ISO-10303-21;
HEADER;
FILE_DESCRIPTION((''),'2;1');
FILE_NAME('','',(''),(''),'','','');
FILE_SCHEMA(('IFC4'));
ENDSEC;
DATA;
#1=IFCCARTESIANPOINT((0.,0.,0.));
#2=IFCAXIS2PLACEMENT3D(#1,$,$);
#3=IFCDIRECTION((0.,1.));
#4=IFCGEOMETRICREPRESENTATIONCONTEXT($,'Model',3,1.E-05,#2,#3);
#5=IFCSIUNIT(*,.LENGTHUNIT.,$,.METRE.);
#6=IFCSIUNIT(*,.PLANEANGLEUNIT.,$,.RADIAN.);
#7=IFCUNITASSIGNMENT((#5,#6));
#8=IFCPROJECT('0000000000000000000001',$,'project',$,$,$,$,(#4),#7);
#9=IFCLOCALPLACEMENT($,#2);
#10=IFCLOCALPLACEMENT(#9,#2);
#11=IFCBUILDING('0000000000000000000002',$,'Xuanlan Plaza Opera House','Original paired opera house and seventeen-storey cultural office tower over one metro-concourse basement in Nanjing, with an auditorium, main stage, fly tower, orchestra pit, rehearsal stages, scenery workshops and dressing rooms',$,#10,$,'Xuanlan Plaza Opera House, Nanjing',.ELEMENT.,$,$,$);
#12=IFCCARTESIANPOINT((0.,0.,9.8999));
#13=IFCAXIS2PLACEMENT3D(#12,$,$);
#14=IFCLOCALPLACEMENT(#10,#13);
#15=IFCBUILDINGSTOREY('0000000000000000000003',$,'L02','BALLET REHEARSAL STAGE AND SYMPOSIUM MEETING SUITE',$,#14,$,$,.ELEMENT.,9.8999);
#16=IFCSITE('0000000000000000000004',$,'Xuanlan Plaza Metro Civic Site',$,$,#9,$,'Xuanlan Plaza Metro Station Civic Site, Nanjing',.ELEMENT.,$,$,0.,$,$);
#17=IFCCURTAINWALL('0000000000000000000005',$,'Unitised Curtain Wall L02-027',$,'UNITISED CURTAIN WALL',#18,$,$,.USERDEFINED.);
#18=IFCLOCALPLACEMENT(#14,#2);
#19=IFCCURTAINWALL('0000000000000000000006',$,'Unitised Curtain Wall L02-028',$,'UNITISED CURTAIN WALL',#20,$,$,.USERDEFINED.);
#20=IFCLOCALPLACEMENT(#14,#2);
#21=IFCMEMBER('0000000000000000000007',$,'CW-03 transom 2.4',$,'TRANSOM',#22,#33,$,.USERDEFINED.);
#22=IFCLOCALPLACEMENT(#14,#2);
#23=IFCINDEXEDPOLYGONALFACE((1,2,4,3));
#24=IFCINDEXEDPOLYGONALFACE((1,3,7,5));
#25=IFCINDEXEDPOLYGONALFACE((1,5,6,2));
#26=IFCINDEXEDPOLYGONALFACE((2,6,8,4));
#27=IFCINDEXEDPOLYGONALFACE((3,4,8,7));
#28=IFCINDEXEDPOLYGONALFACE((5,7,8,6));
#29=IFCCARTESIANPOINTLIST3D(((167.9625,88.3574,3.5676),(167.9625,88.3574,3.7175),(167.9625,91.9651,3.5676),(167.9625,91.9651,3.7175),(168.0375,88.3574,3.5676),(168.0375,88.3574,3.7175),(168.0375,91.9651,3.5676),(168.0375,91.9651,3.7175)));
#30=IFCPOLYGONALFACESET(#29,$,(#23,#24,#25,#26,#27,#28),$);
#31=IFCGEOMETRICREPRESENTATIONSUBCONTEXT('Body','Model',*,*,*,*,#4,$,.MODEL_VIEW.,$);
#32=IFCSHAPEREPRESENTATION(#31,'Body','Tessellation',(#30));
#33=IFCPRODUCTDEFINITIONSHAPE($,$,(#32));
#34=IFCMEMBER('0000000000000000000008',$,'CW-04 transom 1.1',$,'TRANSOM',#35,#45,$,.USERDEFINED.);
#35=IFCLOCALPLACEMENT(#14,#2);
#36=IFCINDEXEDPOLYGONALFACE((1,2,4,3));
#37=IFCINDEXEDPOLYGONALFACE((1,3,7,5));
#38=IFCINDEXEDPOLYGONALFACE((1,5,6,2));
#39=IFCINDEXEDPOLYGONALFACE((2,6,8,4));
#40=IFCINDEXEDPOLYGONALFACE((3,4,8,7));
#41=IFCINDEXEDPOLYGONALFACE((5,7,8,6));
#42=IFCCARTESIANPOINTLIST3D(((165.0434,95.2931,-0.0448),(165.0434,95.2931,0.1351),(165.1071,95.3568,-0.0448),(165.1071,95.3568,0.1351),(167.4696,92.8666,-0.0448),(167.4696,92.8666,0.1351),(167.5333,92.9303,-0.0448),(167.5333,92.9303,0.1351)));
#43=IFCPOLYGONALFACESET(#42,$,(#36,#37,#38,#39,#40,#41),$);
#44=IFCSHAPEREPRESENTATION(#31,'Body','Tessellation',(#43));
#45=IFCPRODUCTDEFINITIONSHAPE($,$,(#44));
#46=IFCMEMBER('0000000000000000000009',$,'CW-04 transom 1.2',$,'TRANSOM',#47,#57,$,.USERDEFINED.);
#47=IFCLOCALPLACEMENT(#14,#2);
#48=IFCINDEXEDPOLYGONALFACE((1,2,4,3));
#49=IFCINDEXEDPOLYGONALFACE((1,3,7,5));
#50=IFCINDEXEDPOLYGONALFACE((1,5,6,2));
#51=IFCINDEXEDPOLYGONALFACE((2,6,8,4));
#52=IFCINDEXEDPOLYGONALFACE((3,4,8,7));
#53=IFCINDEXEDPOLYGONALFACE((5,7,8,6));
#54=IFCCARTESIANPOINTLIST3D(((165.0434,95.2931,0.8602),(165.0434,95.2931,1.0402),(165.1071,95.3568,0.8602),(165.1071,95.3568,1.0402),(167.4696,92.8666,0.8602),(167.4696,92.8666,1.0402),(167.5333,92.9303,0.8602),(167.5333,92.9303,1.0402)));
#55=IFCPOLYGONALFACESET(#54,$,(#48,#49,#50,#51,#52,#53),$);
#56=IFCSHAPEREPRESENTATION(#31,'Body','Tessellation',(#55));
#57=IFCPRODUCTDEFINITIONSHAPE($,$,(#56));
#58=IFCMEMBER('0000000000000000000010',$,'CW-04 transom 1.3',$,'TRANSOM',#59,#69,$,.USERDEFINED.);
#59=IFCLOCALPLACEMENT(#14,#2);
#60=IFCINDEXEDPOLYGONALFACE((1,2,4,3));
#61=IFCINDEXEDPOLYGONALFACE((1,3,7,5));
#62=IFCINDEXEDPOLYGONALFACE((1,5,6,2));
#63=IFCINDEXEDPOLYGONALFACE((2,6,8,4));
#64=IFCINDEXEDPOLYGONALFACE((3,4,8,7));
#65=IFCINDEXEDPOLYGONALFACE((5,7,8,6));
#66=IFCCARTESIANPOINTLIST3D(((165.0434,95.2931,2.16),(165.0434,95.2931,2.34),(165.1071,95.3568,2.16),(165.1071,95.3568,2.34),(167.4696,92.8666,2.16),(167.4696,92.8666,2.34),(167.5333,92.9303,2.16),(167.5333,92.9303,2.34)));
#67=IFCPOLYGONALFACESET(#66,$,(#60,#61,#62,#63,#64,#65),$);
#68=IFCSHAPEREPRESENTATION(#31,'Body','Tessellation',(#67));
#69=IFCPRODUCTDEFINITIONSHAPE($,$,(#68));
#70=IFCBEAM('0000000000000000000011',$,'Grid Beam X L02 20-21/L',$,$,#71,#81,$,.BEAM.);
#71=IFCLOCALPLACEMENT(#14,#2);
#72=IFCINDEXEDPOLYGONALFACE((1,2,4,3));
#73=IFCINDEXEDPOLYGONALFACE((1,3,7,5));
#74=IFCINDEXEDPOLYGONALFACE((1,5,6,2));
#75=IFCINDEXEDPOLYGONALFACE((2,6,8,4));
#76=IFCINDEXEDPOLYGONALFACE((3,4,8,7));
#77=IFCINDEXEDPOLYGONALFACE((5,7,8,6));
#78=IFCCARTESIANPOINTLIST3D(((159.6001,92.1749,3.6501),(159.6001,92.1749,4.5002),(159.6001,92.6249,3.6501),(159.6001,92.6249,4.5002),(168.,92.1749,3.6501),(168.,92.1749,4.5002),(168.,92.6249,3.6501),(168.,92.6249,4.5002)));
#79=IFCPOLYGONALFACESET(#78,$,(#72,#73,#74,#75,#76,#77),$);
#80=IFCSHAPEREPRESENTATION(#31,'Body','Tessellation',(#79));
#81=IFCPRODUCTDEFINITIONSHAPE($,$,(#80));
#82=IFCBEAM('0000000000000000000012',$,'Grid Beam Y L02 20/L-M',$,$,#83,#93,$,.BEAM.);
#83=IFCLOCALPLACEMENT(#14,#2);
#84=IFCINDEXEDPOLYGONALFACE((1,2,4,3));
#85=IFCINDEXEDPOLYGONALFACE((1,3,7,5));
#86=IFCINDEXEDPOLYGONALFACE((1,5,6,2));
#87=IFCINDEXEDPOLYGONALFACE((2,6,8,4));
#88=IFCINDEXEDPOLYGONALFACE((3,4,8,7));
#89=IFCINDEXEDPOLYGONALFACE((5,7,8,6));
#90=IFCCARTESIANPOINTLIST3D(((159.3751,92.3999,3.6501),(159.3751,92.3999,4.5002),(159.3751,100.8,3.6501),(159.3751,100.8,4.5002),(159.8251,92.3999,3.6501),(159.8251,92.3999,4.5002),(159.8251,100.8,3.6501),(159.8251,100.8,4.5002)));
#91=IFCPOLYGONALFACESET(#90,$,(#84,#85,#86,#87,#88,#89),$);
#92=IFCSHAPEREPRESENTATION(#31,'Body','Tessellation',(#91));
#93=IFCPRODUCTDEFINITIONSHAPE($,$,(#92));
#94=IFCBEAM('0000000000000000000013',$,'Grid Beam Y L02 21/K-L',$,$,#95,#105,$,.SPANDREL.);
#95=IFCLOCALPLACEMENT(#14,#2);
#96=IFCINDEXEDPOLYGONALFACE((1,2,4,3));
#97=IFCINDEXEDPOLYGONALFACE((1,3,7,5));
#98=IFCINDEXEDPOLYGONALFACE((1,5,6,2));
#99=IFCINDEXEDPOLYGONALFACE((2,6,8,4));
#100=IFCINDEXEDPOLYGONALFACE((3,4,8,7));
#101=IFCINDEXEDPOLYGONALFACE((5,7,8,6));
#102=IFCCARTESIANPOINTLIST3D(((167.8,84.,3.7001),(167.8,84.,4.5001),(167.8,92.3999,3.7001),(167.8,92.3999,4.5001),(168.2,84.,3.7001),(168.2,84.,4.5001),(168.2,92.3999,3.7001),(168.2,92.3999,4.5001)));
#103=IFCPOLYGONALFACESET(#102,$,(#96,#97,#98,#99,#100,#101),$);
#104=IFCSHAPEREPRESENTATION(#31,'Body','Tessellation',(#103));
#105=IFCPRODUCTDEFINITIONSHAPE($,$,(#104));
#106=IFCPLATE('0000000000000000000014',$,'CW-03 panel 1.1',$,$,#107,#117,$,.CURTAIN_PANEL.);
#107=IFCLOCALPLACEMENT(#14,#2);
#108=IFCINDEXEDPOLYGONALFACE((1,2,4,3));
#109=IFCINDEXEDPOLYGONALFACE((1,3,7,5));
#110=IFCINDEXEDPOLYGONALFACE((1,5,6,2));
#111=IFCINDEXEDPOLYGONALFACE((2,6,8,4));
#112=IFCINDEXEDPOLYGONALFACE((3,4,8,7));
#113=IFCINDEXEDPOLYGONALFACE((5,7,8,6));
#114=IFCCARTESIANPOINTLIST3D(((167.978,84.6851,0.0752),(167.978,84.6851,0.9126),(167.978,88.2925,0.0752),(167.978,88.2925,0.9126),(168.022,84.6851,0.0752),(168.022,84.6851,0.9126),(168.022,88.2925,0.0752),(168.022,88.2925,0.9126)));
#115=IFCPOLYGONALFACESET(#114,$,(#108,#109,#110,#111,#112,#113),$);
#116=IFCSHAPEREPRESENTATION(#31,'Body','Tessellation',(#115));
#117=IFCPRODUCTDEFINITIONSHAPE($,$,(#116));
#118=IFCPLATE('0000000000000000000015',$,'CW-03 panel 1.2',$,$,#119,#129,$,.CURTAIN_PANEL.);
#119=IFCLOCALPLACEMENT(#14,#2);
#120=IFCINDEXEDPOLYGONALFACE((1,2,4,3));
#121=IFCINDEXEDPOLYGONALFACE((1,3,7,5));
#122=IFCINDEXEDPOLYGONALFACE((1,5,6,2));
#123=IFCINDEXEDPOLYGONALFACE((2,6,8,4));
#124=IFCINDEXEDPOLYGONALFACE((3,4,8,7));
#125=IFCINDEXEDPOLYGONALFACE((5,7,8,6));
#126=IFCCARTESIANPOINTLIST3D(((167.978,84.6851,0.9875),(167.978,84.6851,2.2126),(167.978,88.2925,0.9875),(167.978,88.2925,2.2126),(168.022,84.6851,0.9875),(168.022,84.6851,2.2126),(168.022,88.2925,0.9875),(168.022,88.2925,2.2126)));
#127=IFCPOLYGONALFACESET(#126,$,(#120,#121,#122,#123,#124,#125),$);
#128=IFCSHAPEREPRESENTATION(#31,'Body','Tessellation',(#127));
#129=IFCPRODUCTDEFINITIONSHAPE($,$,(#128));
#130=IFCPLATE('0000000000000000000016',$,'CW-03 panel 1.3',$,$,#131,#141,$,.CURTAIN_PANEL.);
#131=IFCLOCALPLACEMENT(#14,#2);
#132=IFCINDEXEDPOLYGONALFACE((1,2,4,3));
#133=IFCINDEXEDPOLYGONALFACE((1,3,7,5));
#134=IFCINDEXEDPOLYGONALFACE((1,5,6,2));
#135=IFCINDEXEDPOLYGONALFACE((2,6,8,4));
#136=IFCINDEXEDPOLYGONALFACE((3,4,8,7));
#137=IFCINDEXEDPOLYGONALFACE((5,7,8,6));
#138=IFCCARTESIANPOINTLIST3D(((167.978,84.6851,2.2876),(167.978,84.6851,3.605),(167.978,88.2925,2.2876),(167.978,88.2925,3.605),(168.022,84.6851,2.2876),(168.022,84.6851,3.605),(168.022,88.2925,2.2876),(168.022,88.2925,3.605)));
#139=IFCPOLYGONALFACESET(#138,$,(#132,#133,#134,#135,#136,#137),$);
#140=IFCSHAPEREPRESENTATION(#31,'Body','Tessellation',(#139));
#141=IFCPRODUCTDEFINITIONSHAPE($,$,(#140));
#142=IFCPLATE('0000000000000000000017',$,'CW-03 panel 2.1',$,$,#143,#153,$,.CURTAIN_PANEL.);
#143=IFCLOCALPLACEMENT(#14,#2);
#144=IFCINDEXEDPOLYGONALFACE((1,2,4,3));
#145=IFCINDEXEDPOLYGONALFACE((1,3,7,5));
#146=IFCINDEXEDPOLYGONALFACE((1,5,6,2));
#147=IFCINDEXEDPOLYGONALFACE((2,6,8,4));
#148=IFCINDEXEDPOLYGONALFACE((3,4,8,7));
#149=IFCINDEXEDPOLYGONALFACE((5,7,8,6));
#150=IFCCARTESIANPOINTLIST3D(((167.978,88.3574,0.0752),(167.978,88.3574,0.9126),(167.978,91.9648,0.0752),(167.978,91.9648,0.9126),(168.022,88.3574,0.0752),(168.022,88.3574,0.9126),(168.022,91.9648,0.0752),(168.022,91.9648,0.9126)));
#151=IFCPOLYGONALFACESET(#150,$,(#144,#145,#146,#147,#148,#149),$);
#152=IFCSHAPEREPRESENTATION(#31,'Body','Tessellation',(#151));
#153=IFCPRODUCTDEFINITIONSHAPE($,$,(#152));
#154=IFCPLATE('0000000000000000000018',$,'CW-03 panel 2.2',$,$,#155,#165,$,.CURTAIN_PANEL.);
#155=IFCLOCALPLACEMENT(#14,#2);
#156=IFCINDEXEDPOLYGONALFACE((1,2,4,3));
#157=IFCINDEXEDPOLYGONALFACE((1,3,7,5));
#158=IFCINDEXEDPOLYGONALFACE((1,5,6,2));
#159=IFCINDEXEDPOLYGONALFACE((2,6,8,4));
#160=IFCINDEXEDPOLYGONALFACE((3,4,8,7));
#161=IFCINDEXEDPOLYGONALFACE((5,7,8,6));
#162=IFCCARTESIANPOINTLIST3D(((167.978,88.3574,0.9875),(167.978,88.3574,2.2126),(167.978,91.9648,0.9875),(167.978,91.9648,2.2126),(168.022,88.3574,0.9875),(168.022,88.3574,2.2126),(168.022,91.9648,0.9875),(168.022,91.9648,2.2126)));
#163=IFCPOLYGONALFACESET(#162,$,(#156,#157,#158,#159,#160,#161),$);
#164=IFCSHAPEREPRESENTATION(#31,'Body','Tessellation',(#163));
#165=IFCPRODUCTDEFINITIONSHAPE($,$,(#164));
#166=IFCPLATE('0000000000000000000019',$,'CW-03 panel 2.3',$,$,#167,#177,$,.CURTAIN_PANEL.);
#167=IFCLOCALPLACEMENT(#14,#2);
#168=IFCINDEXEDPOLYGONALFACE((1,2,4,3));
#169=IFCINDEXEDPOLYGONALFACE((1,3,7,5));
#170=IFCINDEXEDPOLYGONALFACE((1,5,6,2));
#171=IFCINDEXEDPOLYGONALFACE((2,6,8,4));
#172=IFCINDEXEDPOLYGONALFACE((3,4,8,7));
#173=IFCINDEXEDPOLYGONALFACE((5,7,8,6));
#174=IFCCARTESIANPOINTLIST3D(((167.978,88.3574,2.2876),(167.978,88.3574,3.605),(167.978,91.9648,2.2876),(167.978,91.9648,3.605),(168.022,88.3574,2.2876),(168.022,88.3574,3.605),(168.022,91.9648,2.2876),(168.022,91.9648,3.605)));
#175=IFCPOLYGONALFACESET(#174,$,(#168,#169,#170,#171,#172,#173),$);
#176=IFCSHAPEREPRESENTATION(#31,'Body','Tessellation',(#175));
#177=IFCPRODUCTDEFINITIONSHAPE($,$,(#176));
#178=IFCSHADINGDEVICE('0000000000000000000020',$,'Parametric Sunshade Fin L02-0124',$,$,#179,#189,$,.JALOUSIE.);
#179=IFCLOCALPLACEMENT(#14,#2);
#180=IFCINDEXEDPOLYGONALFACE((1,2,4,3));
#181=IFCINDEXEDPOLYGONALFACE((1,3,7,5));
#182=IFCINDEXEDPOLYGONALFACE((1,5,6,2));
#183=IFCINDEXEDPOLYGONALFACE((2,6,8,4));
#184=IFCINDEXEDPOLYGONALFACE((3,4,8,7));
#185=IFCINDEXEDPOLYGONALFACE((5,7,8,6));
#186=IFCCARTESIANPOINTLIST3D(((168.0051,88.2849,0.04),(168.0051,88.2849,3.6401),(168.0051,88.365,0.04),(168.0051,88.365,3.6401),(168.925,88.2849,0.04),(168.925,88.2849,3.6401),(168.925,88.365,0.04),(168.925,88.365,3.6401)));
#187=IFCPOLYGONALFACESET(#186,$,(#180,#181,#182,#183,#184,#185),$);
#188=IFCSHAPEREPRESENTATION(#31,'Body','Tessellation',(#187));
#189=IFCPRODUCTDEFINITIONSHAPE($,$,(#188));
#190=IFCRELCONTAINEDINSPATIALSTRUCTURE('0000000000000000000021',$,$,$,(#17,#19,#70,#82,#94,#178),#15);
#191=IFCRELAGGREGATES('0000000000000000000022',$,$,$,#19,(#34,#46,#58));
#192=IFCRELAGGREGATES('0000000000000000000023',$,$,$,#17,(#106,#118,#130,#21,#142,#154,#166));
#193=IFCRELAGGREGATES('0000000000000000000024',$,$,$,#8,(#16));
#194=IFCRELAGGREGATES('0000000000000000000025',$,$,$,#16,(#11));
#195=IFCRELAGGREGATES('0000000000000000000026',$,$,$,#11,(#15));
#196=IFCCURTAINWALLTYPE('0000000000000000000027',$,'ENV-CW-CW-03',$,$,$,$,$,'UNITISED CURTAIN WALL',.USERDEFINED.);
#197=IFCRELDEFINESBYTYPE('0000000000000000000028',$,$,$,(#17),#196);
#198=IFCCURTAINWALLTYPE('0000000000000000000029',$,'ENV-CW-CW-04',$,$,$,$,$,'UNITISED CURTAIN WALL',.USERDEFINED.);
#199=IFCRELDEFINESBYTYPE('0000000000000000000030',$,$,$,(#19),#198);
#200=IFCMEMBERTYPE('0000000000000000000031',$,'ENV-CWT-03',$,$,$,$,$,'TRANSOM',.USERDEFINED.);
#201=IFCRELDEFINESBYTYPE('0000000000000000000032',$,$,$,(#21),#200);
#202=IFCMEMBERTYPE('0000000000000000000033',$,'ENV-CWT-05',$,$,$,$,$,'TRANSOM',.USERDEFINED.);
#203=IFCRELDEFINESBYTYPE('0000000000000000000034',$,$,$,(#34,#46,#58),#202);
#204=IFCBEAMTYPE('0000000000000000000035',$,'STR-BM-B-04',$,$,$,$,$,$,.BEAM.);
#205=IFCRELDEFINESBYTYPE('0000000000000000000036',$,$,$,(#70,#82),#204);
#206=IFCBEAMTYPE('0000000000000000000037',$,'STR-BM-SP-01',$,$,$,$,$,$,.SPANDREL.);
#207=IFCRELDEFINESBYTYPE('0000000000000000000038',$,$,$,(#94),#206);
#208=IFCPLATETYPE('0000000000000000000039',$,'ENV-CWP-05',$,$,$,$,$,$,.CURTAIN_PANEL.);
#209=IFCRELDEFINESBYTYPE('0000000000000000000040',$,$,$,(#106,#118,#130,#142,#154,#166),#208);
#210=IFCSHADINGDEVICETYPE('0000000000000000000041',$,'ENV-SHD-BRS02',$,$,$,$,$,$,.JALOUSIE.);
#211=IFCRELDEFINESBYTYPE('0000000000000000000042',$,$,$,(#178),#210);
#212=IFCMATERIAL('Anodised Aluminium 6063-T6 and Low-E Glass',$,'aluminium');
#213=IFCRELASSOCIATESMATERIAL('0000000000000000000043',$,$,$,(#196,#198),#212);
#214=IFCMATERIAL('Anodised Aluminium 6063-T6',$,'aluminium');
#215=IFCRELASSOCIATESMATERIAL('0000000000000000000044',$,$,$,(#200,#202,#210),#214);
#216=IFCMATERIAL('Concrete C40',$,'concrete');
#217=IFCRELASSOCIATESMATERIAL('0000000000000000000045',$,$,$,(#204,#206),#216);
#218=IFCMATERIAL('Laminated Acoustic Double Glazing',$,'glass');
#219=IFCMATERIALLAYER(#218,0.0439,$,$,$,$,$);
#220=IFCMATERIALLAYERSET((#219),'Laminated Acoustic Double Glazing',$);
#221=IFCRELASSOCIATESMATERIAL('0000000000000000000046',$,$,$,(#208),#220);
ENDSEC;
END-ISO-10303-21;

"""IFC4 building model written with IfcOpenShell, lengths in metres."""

from ifc_helpers import new_model, si_unit, direction, frame, origin, origin_2d, place, context, subcontext, project, spatial, rectangle, extrude, material, layer, layer_set, material_profile, profile_set, type_object, element, aggregate, save


model = new_model("IFC4")

# Units and contexts
model_context = context("Model", 3, precision=1e-05, world=origin(), true_north=direction((0.0, 1.0)))
body_context = subcontext(model_context, "Body", "Model", "MODEL_VIEW")
ifc_project = project(units=[si_unit("LENGTHUNIT", "METRE"), si_unit("PLANEANGLEUNIT", "RADIAN")], contexts=[model_context])

# Site, building, storey
site_placement = place(None, origin())
site = spatial("IfcSite", under=ifc_project, at=site_placement, Name="Xuanlan Plaza Metro Civic Site", LongName="Xuanlan Plaza Metro Station Civic Site, Nanjing", CompositionType="ELEMENT", RefElevation=0.0)
building_placement = place(site_placement, origin())
building = spatial("IfcBuilding", under=site, at=building_placement, Name="Xuanlan Plaza Opera House", Description="Original paired opera house and seventeen-storey cultural office tower over one metro-concourse basement in Nanjing, with an auditorium, main stage, fly tower, orchestra pit, rehearsal stages, scenery workshops and dressing rooms", LongName="Xuanlan Plaza Opera House, Nanjing", CompositionType="ELEMENT")
storey_placement = place(building_placement, frame((0.0, 0.0, 9.8999)))
storey = spatial("IfcBuildingStorey", under=building, at=storey_placement, Name="L02", Description="BALLET REHEARSAL STAGE AND SYMPOSIUM MEETING SUITE", CompositionType="ELEMENT", Elevation=9.8999)

# Shared definitions
ifc_material_1 = material(Name="Concrete C40", Category="concrete")

# Curtain wall
ifc_material_2 = material(Name="Anodised Aluminium 6063-T6 and Low-E Glass", Category="aluminium")
curtain_wall_type_1 = type_object("IfcCurtainWallType", Name="ENV-CW-CW-03", ElementType="UNITISED CURTAIN WALL", PredefinedType="USERDEFINED", material=ifc_material_2)
curtain_wall_1_placement = place(storey_placement, origin())
curtain_wall_1 = element("IfcCurtainWall", 1, at=curtain_wall_1_placement, inside=storey, type_object=curtain_wall_type_1, Name="Unitised Curtain Wall L02-027", ObjectType="UNITISED CURTAIN WALL", PredefinedType="USERDEFINED")
ifc_material_3 = material(Name="Anodised Aluminium 6063-T6", Category="aluminium")

# Curtain wall
curtain_wall_type_2 = type_object("IfcCurtainWallType", Name="ENV-CW-CW-04", ElementType="UNITISED CURTAIN WALL", PredefinedType="USERDEFINED", material=ifc_material_2)
curtain_wall_2_placement = place(storey_placement, origin())
curtain_wall_2 = element("IfcCurtainWall", 2, at=curtain_wall_2_placement, inside=storey, type_object=curtain_wall_type_2, Name="Unitised Curtain Wall L02-028", ObjectType="UNITISED CURTAIN WALL", PredefinedType="USERDEFINED")

# Members
ifc_material_profile_1 = material_profile(ifc_material_3, rectangle(XDim=0.075, YDim=0.1499, at=origin_2d()), Name="ALU-T 75x150")
ifc_profile_set_1 = profile_set([ifc_material_profile_1], Name="Anodised Aluminium 6063-T6")
member_type_1 = type_object("IfcMemberType", Name="ENV-CWT-03", ElementType="TRANSOM", PredefinedType="USERDEFINED", material=ifc_profile_set_1)
member_1_placement = place(storey_placement, frame((168.0, 88.3574, 3.6426), z_axis=(0.0, 1.0, 0.0), x_axis=(-1.0, 0.0, 0.0)))
member_1 = element("IfcMember", 3, at=member_1_placement, type_object=member_type_1, Name="CW-03 transom 2.4", ObjectType="TRANSOM", PredefinedType="USERDEFINED", context=body_context, shape_type="SweptSolid", body=[
    extrude(rectangle(XDim=0.075, YDim=0.1499, at=origin_2d()), origin(), (0.0, 0.0, 1.0), 3.6077),
])
ifc_material_profile_2 = material_profile(ifc_material_3, rectangle(XDim=0.0901, YDim=0.1799, at=origin_2d()), Name="ALU-T 90x180")
ifc_profile_set_2 = profile_set([ifc_material_profile_2], Name="Anodised Aluminium 6063-T6")
member_type_2 = type_object("IfcMemberType", Name="ENV-CWT-05", ElementType="TRANSOM", PredefinedType="USERDEFINED", material=ifc_profile_set_2)
member_2_placement = place(storey_placement, frame((167.5015, 92.8984, 0.0452), z_axis=(-0.707071, 0.707142, 0.0), x_axis=(-0.707142, -0.707071, 0.0)))
member_2 = element("IfcMember", 4, at=member_2_placement, type_object=member_type_2, Name="CW-04 transom 1.1", ObjectType="TRANSOM", PredefinedType="USERDEFINED", context=body_context, shape_type="SweptSolid", body=[
    extrude(rectangle(XDim=0.0901, YDim=0.1799, at=origin_2d()), origin(), (0.0, 0.0, 1.0), 3.4314),
])
member_3_placement = place(storey_placement, frame((167.5015, 92.8984, 0.9502), z_axis=(-0.707071, 0.707142, 0.0), x_axis=(-0.707142, -0.707071, 0.0)))
member_3 = element("IfcMember", 5, at=member_3_placement, type_object=member_type_2, Name="CW-04 transom 1.2", ObjectType="TRANSOM", PredefinedType="USERDEFINED", context=body_context, shape_type="SweptSolid", body=[
    extrude(rectangle(XDim=0.0901, YDim=0.1799, at=origin_2d()), origin(), (0.0, 0.0, 1.0), 3.4314),
])
member_4_placement = place(storey_placement, frame((167.5015, 92.8984, 2.25), z_axis=(-0.707071, 0.707142, 0.0), x_axis=(-0.707142, -0.707071, 0.0)))
member_4 = element("IfcMember", 6, at=member_4_placement, type_object=member_type_2, Name="CW-04 transom 1.3", ObjectType="TRANSOM", PredefinedType="USERDEFINED", context=body_context, shape_type="SweptSolid", body=[
    extrude(rectangle(XDim=0.0901, YDim=0.1799, at=origin_2d()), origin(), (0.0, 0.0, 1.0), 3.4314),
])
aggregate(curtain_wall_2, [member_2, member_3, member_4])

# Beams
ifc_material_profile_3 = material_profile(ifc_material_1, rectangle(XDim=0.45, YDim=0.8501, at=origin_2d()), Name="RC-BM 450x850")
ifc_profile_set_3 = profile_set([ifc_material_profile_3], Name="Concrete C40")
beam_type_1 = type_object("IfcBeamType", Name="STR-BM-B-04", PredefinedType="BEAM", material=ifc_profile_set_3)
beam_1_placement = place(storey_placement, frame((159.6001, 92.3999, 4.0752), z_axis=(1.0, 0.0, 0.0), x_axis=(0.0, 1.0, 0.0)))
element("IfcBeam", 7, at=beam_1_placement, inside=storey, type_object=beam_type_1, Name="Grid Beam X L02 20-21/L", PredefinedType="BEAM", context=body_context, shape_type="SweptSolid", body=[
    extrude(rectangle(XDim=0.45, YDim=0.8501, at=origin_2d()), origin(), (0.0, 0.0, 1.0), 8.3999),
])
beam_2_placement = place(storey_placement, frame((159.6001, 92.3999, 4.0752), z_axis=(0.0, 1.0, 0.0), x_axis=(-1.0, 0.0, 0.0)))
element("IfcBeam", 8, at=beam_2_placement, inside=storey, type_object=beam_type_1, Name="Grid Beam Y L02 20/L-M", PredefinedType="BEAM", context=body_context, shape_type="SweptSolid", body=[
    extrude(rectangle(XDim=0.45, YDim=0.8501, at=origin_2d()), origin(), (0.0, 0.0, 1.0), 8.4001),
])
ifc_material_profile_4 = material_profile(ifc_material_1, rectangle(XDim=0.3999, YDim=0.8, at=origin_2d()), Name="RC-SPD 400x800")
ifc_profile_set_4 = profile_set([ifc_material_profile_4], Name="Concrete C40")
beam_type_2 = type_object("IfcBeamType", Name="STR-BM-SP-01", PredefinedType="SPANDREL", material=ifc_profile_set_4)
beam_3_placement = place(storey_placement, frame((168.0, 84.0, 4.1001), z_axis=(0.0, 1.0, 0.0), x_axis=(-1.0, 0.0, 0.0)))
element("IfcBeam", 9, at=beam_3_placement, inside=storey, type_object=beam_type_2, Name="Grid Beam Y L02 21/K-L", PredefinedType="SPANDREL", context=body_context, shape_type="SweptSolid", body=[
    extrude(rectangle(XDim=0.3999, YDim=0.8, at=origin_2d()), origin(), (0.0, 0.0, 1.0), 8.3999),
])

# Plates
ifc_material_4 = material(Name="Laminated Acoustic Double Glazing", Category="glass")
ifc_layer = layer(ifc_material_4, 0.0439)
ifc_layer_set = layer_set([ifc_layer], Name="Laminated Acoustic Double Glazing")
plate_type = type_object("IfcPlateType", Name="ENV-CWP-05", PredefinedType="CURTAIN_PANEL", material=ifc_layer_set)
plate_1_placement = place(storey_placement, frame((168.0, 86.4888, 0.0752), z_axis=(0.0, 0.0, 1.0), x_axis=(0.0, 1.0, 0.0)))
plate_1 = element("IfcPlate", 10, at=plate_1_placement, type_object=plate_type, Name="CW-03 panel 1.1", PredefinedType="CURTAIN_PANEL", context=body_context, shape_type="SweptSolid", body=[
    extrude(rectangle(XDim=3.6074, YDim=0.0439, at=origin_2d()), origin(), (0.0, 0.0, 1.0), 0.8374),
])
plate_2_placement = place(storey_placement, frame((168.0, 86.4888, 0.9875), z_axis=(0.0, 0.0, 1.0), x_axis=(0.0, 1.0, 0.0)))
plate_2 = element("IfcPlate", 11, at=plate_2_placement, type_object=plate_type, Name="CW-03 panel 1.2", PredefinedType="CURTAIN_PANEL", context=body_context, shape_type="SweptSolid", body=[
    extrude(rectangle(XDim=3.6074, YDim=0.0439, at=origin_2d()), origin(), (0.0, 0.0, 1.0), 1.2251),
])
plate_3_placement = place(storey_placement, frame((168.0, 86.4888, 2.2876), z_axis=(0.0, 0.0, 1.0), x_axis=(0.0, 1.0, 0.0)))
plate_3 = element("IfcPlate", 12, at=plate_3_placement, type_object=plate_type, Name="CW-03 panel 1.3", PredefinedType="CURTAIN_PANEL", context=body_context, shape_type="SweptSolid", body=[
    extrude(rectangle(XDim=3.6074, YDim=0.0439, at=origin_2d()), origin(), (0.0, 0.0, 1.0), 1.3174),
])
plate_4_placement = place(storey_placement, frame((168.0, 90.1611, 0.0752), z_axis=(0.0, 0.0, 1.0), x_axis=(0.0, 1.0, 0.0)))
plate_4 = element("IfcPlate", 13, at=plate_4_placement, type_object=plate_type, Name="CW-03 panel 2.1", PredefinedType="CURTAIN_PANEL", context=body_context, shape_type="SweptSolid", body=[
    extrude(rectangle(XDim=3.6074, YDim=0.0439, at=origin_2d()), origin(), (0.0, 0.0, 1.0), 0.8374),
])
plate_5_placement = place(storey_placement, frame((168.0, 90.1611, 0.9875), z_axis=(0.0, 0.0, 1.0), x_axis=(0.0, 1.0, 0.0)))
plate_5 = element("IfcPlate", 14, at=plate_5_placement, type_object=plate_type, Name="CW-03 panel 2.2", PredefinedType="CURTAIN_PANEL", context=body_context, shape_type="SweptSolid", body=[
    extrude(rectangle(XDim=3.6074, YDim=0.0439, at=origin_2d()), origin(), (0.0, 0.0, 1.0), 1.2251),
])
plate_6_placement = place(storey_placement, frame((168.0, 90.1611, 2.2876), z_axis=(0.0, 0.0, 1.0), x_axis=(0.0, 1.0, 0.0)))
plate_6 = element("IfcPlate", 15, at=plate_6_placement, type_object=plate_type, Name="CW-03 panel 2.3", PredefinedType="CURTAIN_PANEL", context=body_context, shape_type="SweptSolid", body=[
    extrude(rectangle(XDim=3.6074, YDim=0.0439, at=origin_2d()), origin(), (0.0, 0.0, 1.0), 1.3174),
])
aggregate(curtain_wall_1, [plate_1, plate_2, plate_3, member_1, plate_4, plate_5, plate_6])

# Shading device
shading_device_type = type_object("IfcShadingDeviceType", Name="ENV-SHD-BRS02", PredefinedType="JALOUSIE", material=ifc_material_3)
shading_device_placement = place(storey_placement, frame((168.4651, 88.325, 0.04), z_axis=(0.0, 0.0, 1.0), x_axis=(1.0, 0.0, 0.0)))
element("IfcShadingDevice", 16, at=shading_device_placement, inside=storey, type_object=shading_device_type, Name="Parametric Sunshade Fin L02-0124", PredefinedType="JALOUSIE", context=body_context, shape_type="SweptSolid", body=[
    extrude(rectangle(XDim=0.9199, YDim=0.0801, at=origin_2d()), origin(), (0.0, 0.0, 1.0), 3.6001),
])

save(model, "model.ifc")
